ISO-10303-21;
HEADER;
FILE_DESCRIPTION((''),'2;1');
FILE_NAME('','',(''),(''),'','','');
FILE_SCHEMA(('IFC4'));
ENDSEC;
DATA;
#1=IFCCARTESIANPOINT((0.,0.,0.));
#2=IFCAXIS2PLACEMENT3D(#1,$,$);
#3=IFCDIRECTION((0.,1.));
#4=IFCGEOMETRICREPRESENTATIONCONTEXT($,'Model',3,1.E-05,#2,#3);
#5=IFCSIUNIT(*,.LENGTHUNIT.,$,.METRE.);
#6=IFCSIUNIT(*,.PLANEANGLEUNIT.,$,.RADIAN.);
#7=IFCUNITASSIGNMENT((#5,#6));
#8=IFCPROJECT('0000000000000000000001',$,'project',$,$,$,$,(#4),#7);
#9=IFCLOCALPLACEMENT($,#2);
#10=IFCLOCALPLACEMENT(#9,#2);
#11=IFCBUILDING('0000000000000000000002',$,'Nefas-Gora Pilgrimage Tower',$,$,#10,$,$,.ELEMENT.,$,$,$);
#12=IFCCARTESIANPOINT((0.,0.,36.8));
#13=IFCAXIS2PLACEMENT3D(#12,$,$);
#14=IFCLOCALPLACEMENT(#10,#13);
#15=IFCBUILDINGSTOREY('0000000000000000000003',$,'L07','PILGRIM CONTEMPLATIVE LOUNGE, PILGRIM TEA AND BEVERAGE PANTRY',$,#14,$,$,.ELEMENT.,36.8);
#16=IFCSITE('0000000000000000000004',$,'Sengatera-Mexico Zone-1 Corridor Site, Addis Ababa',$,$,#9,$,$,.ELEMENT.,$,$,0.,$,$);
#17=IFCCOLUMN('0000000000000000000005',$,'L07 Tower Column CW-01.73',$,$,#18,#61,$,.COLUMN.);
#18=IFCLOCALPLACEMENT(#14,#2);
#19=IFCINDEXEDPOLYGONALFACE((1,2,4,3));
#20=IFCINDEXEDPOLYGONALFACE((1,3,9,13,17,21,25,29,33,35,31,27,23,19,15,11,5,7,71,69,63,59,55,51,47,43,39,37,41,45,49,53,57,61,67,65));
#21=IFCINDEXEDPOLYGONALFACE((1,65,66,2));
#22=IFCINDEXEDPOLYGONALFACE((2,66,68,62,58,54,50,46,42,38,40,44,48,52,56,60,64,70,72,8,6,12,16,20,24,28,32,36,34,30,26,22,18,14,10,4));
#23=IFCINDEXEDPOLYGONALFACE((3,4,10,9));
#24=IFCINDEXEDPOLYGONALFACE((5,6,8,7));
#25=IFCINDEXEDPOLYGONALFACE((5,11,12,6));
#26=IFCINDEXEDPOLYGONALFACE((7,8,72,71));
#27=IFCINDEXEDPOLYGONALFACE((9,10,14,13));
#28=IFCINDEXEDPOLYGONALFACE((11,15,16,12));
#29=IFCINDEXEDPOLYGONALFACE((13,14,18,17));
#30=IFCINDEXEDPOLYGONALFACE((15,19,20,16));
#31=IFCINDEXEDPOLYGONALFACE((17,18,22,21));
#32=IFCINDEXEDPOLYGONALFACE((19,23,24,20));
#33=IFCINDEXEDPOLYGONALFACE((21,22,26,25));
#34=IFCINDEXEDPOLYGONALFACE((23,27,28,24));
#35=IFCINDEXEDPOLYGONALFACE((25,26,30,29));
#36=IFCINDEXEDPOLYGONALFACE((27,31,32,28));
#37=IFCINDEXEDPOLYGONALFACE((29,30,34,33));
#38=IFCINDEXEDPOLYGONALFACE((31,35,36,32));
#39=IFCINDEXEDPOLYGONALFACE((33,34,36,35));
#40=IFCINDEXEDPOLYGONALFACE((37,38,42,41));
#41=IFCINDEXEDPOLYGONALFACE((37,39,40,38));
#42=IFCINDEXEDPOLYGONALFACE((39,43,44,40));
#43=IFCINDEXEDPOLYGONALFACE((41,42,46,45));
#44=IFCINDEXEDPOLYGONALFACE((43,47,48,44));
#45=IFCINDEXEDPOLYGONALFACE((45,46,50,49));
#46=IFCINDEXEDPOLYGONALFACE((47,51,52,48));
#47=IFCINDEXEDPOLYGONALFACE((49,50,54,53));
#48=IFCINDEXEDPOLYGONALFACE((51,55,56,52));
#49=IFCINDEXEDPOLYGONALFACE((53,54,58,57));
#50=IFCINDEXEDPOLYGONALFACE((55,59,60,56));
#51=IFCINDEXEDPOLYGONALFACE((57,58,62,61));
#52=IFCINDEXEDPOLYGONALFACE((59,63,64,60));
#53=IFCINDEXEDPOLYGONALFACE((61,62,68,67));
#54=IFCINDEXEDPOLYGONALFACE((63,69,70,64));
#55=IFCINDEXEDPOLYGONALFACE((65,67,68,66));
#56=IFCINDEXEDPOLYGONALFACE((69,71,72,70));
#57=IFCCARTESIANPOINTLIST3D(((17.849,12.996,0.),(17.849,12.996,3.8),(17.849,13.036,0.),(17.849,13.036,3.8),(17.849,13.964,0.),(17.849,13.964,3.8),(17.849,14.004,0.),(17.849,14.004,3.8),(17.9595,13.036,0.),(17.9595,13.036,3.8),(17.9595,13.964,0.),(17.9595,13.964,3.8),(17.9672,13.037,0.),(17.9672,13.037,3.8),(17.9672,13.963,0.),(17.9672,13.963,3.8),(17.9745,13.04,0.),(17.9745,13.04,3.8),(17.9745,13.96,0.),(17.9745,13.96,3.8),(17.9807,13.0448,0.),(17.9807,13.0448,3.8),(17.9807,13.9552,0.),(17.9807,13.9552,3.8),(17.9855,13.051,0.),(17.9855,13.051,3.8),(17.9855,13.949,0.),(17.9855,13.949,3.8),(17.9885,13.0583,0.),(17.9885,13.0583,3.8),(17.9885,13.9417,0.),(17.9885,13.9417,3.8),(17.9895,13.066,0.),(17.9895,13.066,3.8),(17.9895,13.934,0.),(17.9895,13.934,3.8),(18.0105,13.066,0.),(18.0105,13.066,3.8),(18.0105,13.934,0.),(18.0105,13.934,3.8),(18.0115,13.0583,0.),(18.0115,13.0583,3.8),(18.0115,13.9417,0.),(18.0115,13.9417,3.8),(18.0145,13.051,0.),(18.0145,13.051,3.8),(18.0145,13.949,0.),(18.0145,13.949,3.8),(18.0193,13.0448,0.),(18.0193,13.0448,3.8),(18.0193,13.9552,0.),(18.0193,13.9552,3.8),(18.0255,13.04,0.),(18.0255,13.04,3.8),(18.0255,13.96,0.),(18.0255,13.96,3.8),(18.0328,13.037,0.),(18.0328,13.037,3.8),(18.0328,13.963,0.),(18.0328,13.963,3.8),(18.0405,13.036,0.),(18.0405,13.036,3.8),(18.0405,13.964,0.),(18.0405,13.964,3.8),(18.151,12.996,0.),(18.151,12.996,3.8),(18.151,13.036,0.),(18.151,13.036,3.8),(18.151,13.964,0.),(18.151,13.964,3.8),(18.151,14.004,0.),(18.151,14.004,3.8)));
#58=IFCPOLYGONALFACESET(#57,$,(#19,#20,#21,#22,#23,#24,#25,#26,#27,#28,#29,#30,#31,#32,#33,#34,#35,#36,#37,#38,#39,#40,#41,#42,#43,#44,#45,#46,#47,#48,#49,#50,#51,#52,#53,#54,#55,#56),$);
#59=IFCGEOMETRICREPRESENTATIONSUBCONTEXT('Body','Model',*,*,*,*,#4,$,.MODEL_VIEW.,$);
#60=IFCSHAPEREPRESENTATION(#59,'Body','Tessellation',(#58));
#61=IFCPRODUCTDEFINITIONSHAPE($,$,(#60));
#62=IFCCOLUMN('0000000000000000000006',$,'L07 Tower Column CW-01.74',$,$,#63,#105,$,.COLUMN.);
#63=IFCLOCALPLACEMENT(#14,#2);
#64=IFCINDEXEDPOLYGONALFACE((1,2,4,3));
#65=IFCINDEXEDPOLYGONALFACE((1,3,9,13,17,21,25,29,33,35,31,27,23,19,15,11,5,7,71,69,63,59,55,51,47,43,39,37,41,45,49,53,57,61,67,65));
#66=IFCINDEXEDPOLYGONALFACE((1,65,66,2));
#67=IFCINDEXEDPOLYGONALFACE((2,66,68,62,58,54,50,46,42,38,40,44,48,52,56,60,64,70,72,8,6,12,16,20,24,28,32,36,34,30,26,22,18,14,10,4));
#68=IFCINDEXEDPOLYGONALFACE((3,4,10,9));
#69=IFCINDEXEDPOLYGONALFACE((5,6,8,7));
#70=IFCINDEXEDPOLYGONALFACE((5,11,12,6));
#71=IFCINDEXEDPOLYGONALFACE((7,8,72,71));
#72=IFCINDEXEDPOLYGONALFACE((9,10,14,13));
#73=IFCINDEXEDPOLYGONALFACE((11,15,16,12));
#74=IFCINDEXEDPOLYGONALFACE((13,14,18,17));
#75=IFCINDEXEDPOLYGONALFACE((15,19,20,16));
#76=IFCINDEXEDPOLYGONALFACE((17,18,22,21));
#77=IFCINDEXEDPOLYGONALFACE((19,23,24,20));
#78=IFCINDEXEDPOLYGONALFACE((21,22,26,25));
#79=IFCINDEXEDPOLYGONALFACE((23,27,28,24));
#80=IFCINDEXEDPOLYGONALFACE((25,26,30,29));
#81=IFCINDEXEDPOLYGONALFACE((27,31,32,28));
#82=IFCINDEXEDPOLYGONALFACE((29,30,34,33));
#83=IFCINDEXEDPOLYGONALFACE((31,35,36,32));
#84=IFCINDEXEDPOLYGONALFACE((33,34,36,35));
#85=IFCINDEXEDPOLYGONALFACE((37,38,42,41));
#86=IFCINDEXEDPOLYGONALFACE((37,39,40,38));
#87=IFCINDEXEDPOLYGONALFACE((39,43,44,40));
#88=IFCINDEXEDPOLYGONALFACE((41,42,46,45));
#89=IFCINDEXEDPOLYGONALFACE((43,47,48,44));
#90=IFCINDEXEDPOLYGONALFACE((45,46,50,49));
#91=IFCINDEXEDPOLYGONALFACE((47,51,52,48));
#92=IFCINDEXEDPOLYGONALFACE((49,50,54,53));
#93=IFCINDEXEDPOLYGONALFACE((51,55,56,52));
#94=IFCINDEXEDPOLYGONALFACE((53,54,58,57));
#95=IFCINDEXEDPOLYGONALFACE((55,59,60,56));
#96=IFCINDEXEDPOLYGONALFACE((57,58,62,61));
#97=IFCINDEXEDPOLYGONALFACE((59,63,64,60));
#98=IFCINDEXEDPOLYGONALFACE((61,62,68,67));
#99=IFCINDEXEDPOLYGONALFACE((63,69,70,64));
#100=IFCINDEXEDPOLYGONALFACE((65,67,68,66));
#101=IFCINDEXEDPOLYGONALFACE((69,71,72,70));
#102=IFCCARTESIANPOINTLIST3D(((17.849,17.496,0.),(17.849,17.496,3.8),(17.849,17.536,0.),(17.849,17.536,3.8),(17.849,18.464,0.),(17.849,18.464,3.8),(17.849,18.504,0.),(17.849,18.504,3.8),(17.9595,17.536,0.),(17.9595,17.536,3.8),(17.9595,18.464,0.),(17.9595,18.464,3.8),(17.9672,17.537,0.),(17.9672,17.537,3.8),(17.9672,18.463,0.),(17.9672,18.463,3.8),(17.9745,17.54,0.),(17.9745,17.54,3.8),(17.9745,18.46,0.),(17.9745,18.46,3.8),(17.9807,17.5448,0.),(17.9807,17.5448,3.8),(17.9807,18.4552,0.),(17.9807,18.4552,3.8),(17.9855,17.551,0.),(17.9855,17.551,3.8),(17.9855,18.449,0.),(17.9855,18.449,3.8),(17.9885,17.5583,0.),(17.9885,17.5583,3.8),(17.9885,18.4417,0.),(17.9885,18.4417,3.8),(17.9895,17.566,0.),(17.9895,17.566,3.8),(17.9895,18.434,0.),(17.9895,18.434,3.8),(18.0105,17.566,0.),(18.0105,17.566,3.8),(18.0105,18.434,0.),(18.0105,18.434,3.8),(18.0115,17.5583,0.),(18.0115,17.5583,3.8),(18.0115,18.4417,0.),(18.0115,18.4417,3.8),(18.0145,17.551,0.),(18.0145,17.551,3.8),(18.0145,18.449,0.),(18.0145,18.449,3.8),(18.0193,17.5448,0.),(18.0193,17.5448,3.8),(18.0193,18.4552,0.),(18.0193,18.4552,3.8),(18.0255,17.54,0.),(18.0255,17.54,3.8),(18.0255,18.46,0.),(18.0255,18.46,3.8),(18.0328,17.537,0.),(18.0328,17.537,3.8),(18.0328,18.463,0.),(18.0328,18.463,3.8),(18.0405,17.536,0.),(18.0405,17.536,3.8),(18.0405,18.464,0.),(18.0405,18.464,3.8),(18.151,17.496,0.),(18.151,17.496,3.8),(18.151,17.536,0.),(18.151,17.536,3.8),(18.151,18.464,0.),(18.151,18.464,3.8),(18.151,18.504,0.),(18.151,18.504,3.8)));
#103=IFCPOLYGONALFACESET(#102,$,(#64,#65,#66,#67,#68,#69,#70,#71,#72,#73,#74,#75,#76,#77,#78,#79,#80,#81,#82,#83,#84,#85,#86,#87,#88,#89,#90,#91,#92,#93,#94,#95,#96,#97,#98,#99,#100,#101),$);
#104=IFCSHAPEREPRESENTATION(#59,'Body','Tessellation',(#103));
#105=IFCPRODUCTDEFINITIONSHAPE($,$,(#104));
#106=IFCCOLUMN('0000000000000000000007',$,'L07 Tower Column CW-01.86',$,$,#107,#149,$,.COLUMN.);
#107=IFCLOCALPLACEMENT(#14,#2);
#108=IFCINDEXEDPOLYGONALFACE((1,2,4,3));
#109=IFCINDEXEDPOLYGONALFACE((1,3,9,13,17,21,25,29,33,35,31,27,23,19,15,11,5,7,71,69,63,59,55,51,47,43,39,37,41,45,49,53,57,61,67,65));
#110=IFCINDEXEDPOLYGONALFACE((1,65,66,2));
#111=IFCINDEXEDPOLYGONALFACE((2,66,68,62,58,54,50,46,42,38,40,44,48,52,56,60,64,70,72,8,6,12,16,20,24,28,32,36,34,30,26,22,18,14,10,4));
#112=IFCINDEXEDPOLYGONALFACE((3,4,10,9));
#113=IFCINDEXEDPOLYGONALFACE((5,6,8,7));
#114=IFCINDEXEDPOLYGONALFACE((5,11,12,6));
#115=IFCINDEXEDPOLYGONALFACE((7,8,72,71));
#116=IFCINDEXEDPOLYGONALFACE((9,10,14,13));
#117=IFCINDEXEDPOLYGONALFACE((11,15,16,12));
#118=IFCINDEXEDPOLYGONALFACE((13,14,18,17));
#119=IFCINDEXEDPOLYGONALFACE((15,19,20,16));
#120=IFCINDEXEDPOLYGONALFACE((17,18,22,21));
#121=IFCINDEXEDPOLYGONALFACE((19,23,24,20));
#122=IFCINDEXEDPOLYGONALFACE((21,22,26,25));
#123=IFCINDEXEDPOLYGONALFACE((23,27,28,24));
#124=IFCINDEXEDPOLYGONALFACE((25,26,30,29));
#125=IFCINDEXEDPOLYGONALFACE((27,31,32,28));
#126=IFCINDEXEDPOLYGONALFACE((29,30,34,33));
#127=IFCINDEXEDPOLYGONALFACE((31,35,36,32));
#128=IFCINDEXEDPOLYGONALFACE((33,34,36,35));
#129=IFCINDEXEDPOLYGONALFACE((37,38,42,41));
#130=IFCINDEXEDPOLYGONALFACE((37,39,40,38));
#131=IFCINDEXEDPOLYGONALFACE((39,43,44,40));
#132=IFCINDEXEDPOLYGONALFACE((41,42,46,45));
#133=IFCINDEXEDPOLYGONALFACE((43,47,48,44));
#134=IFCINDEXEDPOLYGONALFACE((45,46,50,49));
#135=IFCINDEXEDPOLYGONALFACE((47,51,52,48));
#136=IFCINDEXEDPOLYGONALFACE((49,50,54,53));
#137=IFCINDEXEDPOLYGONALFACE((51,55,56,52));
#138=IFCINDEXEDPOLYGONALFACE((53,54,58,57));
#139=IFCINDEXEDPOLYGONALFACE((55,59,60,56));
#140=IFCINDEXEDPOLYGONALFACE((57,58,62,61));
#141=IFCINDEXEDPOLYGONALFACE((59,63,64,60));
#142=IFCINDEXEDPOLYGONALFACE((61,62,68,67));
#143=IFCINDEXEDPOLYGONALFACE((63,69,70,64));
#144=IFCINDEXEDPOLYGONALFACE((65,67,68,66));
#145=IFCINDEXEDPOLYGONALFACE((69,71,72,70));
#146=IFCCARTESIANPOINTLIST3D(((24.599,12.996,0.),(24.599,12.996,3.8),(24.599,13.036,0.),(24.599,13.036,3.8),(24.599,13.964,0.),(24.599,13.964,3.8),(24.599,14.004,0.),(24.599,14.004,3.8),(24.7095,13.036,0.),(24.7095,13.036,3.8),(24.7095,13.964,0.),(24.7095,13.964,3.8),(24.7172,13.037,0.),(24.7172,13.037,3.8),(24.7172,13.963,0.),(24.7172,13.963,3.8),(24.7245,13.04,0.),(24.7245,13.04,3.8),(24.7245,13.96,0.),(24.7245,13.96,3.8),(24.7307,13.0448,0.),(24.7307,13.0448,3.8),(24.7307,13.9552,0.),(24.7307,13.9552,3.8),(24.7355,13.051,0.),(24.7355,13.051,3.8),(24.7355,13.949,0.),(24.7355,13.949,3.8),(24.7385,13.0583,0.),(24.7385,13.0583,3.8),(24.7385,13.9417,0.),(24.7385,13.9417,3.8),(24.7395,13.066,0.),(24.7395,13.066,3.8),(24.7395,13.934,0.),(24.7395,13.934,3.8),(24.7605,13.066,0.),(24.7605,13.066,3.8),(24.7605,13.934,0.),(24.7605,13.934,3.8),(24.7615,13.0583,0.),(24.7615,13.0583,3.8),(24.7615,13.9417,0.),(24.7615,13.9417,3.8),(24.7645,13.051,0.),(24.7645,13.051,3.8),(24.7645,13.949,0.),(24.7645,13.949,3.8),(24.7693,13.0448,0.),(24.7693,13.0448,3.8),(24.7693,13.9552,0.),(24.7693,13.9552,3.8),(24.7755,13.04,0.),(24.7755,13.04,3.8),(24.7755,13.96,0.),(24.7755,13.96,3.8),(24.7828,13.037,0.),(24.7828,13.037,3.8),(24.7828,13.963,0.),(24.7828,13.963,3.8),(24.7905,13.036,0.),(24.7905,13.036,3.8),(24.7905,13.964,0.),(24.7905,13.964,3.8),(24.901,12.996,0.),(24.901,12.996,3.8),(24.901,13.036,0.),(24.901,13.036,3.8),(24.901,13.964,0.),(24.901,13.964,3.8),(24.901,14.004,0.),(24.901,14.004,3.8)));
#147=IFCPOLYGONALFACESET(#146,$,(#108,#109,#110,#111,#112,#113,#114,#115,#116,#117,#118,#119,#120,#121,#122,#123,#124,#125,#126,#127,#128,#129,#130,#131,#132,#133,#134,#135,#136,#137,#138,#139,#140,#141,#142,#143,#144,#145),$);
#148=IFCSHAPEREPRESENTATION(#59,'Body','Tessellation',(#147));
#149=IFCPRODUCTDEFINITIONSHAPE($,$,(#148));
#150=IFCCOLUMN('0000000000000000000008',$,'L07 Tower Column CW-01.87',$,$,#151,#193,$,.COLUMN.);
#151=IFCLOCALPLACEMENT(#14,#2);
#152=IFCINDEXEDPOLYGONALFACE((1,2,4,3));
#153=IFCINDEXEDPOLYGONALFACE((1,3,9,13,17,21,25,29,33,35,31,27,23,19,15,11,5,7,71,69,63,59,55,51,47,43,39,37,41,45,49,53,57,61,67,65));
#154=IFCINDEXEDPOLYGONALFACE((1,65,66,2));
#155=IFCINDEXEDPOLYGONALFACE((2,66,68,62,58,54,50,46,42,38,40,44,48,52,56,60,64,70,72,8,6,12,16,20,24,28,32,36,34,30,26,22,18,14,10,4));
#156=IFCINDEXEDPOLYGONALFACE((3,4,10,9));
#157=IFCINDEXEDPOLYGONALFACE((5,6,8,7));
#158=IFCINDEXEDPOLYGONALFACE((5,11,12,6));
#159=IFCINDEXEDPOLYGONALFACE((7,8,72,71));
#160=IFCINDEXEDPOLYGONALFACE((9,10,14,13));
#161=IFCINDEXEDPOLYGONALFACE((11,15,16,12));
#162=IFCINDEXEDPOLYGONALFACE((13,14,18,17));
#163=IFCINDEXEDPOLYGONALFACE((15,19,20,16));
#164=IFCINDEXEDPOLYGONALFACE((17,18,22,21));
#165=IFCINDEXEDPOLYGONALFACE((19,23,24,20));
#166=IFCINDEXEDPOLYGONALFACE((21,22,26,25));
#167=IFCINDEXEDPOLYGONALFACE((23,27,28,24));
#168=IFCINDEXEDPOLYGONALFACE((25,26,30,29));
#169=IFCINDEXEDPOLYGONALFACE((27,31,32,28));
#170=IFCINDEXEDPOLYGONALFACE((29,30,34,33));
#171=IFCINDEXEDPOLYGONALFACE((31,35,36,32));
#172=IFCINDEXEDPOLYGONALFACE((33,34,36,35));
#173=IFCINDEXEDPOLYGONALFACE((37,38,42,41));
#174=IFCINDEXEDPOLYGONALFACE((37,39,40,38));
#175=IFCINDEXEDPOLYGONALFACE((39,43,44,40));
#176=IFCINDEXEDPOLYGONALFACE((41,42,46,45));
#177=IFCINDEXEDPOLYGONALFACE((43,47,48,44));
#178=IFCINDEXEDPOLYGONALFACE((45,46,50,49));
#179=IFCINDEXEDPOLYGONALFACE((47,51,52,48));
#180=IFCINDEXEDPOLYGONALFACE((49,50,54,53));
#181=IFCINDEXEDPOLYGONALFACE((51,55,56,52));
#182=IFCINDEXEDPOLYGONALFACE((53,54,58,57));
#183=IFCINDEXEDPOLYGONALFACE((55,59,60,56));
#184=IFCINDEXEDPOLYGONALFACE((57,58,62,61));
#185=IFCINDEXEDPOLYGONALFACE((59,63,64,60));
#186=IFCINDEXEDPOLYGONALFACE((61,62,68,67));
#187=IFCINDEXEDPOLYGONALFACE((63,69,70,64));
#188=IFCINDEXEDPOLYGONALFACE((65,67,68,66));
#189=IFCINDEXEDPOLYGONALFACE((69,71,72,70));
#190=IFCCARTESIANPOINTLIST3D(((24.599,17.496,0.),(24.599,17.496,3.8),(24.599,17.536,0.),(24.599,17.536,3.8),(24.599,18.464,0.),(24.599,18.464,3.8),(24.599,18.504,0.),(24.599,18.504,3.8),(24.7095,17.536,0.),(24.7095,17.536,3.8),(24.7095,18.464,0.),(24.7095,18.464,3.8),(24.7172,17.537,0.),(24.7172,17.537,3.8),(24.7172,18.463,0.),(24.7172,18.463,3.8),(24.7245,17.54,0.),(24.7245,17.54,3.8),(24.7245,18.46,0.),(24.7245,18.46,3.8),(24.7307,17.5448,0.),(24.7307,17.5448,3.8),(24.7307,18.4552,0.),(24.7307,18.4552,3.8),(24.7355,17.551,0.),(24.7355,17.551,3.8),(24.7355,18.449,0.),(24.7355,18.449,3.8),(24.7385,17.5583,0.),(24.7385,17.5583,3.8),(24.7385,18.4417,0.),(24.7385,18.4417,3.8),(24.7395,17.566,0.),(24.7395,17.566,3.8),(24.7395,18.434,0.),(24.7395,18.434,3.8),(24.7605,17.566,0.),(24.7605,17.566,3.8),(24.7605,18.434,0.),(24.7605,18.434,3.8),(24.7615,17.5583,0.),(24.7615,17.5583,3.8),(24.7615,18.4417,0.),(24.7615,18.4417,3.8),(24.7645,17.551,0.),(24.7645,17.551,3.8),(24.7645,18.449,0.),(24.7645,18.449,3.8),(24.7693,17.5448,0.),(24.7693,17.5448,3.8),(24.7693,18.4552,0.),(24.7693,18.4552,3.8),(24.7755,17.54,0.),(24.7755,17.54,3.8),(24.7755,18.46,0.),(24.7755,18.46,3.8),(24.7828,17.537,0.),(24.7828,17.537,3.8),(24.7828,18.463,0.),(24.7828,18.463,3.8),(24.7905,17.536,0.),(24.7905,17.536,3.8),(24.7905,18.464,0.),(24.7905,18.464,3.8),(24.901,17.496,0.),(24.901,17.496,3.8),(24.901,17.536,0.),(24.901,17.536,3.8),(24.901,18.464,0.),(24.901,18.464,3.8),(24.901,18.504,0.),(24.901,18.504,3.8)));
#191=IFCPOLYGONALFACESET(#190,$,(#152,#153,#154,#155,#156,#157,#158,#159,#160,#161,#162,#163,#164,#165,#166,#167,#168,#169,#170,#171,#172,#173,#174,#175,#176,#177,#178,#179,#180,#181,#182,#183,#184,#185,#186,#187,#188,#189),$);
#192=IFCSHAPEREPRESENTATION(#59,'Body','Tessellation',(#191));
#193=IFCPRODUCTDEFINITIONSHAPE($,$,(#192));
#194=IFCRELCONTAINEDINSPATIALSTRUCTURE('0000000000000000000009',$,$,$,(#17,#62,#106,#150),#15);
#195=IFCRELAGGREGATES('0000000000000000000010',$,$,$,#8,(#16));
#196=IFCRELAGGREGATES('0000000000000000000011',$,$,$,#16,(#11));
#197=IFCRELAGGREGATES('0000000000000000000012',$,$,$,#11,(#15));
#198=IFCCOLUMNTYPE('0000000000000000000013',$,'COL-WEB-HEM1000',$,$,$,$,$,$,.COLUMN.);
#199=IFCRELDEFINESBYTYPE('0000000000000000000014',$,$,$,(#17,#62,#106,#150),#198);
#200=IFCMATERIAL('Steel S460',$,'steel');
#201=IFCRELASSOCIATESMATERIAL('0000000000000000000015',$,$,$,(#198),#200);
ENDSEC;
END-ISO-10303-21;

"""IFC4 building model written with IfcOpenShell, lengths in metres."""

from ifc_helpers import new_model, si_unit, direction, frame, origin, origin_2d, place, context, subcontext, project, spatial, i_section, extrude, source, transform, mapped, material, material_profile, profile_set, type_object, element, save


model = new_model("IFC4")

# Units and contexts
model_context = context("Model", 3, precision=1e-05, world=origin(), true_north=direction((0.0, 1.0)))
body_context = subcontext(model_context, "Body", "Model", "MODEL_VIEW")
ifc_project = project(units=[si_unit("LENGTHUNIT", "METRE"), si_unit("PLANEANGLEUNIT", "RADIAN")], contexts=[model_context])

# Site, building, storey
site_placement = place(None, origin())
site = spatial("IfcSite", under=ifc_project, at=site_placement, Name="Sengatera-Mexico Zone-1 Corridor Site, Addis Ababa", CompositionType="ELEMENT", RefElevation=0.0)
building_placement = place(site_placement, origin())
building = spatial("IfcBuilding", under=site, at=building_placement, Name="Nefas-Gora Pilgrimage Tower", CompositionType="ELEMENT")
storey_placement = place(building_placement, frame((0.0, 0.0, 36.8)))
storey = spatial("IfcBuildingStorey", under=building, at=storey_placement, Name="L07", Description="PILGRIM CONTEMPLATIVE LOUNGE, PILGRIM TEA AND BEVERAGE PANTRY", CompositionType="ELEMENT", Elevation=36.8)

# Columns
ifc_material_1 = material(Name="Steel S460", Category="steel")
ifc_material_profile_1 = material_profile(ifc_material_1, i_section(OverallWidth=0.302, OverallDepth=1.0081, WebThickness=0.021, FlangeThickness=0.04, FilletRadius=0.03, at=origin_2d()), Name="HEM 1000")
ifc_profile_set_1 = profile_set([ifc_material_profile_1], Name="Steel S460")
column_type_1 = type_object("IfcColumnType", Name="COL-WEB-HEM1000", PredefinedType="COLUMN", material=ifc_profile_set_1)
shared_shape_1 = source(origin(), body_context, "Body", "SweptSolid", [
    extrude(i_section(OverallWidth=0.302, OverallDepth=1.0081, WebThickness=0.021, FlangeThickness=0.04, FilletRadius=0.03, at=origin_2d()), origin(), (0.0, 0.0, 1.0), 3.8),
])
for number, where, z_axis, x_axis, name in (
    (1, (18.0, 13.5, 0.0), (0.0, 0.0, 1.0), (1.0, 0.0, 0.0), "L07 Tower Column CW-01.73"),
    (2, (18.0, 18.0, 0.0), (0.0, 0.0, 1.0), (1.0, 0.0, 0.0), "L07 Tower Column CW-01.74"),
    (3, (24.75, 13.5, 0.0), (0.0, 0.0, 1.0), (1.0, 0.0, 0.0), "L07 Tower Column CW-01.86"),
    (4, (24.75, 18.0, 0.0), (0.0, 0.0, 1.0), (1.0, 0.0, 0.0), "L07 Tower Column CW-01.87"),
):
    element("IfcColumn", number, at=place(storey_placement, frame(where, z_axis=z_axis, x_axis=x_axis)), inside=storey, type_object=column_type_1, Name=name, PredefinedType="COLUMN", context=body_context, shape_type="MappedRepresentation", body=[
        mapped(shared_shape_1, transform((0.0, 0.0, 0.0), x_axis=(1.0, 0.0, 0.0), y_axis=(0.0, 1.0, 0.0), z_axis=(0.0, 0.0, 1.0), scale=1.0)),
    ])

save(model, "model.ifc")
